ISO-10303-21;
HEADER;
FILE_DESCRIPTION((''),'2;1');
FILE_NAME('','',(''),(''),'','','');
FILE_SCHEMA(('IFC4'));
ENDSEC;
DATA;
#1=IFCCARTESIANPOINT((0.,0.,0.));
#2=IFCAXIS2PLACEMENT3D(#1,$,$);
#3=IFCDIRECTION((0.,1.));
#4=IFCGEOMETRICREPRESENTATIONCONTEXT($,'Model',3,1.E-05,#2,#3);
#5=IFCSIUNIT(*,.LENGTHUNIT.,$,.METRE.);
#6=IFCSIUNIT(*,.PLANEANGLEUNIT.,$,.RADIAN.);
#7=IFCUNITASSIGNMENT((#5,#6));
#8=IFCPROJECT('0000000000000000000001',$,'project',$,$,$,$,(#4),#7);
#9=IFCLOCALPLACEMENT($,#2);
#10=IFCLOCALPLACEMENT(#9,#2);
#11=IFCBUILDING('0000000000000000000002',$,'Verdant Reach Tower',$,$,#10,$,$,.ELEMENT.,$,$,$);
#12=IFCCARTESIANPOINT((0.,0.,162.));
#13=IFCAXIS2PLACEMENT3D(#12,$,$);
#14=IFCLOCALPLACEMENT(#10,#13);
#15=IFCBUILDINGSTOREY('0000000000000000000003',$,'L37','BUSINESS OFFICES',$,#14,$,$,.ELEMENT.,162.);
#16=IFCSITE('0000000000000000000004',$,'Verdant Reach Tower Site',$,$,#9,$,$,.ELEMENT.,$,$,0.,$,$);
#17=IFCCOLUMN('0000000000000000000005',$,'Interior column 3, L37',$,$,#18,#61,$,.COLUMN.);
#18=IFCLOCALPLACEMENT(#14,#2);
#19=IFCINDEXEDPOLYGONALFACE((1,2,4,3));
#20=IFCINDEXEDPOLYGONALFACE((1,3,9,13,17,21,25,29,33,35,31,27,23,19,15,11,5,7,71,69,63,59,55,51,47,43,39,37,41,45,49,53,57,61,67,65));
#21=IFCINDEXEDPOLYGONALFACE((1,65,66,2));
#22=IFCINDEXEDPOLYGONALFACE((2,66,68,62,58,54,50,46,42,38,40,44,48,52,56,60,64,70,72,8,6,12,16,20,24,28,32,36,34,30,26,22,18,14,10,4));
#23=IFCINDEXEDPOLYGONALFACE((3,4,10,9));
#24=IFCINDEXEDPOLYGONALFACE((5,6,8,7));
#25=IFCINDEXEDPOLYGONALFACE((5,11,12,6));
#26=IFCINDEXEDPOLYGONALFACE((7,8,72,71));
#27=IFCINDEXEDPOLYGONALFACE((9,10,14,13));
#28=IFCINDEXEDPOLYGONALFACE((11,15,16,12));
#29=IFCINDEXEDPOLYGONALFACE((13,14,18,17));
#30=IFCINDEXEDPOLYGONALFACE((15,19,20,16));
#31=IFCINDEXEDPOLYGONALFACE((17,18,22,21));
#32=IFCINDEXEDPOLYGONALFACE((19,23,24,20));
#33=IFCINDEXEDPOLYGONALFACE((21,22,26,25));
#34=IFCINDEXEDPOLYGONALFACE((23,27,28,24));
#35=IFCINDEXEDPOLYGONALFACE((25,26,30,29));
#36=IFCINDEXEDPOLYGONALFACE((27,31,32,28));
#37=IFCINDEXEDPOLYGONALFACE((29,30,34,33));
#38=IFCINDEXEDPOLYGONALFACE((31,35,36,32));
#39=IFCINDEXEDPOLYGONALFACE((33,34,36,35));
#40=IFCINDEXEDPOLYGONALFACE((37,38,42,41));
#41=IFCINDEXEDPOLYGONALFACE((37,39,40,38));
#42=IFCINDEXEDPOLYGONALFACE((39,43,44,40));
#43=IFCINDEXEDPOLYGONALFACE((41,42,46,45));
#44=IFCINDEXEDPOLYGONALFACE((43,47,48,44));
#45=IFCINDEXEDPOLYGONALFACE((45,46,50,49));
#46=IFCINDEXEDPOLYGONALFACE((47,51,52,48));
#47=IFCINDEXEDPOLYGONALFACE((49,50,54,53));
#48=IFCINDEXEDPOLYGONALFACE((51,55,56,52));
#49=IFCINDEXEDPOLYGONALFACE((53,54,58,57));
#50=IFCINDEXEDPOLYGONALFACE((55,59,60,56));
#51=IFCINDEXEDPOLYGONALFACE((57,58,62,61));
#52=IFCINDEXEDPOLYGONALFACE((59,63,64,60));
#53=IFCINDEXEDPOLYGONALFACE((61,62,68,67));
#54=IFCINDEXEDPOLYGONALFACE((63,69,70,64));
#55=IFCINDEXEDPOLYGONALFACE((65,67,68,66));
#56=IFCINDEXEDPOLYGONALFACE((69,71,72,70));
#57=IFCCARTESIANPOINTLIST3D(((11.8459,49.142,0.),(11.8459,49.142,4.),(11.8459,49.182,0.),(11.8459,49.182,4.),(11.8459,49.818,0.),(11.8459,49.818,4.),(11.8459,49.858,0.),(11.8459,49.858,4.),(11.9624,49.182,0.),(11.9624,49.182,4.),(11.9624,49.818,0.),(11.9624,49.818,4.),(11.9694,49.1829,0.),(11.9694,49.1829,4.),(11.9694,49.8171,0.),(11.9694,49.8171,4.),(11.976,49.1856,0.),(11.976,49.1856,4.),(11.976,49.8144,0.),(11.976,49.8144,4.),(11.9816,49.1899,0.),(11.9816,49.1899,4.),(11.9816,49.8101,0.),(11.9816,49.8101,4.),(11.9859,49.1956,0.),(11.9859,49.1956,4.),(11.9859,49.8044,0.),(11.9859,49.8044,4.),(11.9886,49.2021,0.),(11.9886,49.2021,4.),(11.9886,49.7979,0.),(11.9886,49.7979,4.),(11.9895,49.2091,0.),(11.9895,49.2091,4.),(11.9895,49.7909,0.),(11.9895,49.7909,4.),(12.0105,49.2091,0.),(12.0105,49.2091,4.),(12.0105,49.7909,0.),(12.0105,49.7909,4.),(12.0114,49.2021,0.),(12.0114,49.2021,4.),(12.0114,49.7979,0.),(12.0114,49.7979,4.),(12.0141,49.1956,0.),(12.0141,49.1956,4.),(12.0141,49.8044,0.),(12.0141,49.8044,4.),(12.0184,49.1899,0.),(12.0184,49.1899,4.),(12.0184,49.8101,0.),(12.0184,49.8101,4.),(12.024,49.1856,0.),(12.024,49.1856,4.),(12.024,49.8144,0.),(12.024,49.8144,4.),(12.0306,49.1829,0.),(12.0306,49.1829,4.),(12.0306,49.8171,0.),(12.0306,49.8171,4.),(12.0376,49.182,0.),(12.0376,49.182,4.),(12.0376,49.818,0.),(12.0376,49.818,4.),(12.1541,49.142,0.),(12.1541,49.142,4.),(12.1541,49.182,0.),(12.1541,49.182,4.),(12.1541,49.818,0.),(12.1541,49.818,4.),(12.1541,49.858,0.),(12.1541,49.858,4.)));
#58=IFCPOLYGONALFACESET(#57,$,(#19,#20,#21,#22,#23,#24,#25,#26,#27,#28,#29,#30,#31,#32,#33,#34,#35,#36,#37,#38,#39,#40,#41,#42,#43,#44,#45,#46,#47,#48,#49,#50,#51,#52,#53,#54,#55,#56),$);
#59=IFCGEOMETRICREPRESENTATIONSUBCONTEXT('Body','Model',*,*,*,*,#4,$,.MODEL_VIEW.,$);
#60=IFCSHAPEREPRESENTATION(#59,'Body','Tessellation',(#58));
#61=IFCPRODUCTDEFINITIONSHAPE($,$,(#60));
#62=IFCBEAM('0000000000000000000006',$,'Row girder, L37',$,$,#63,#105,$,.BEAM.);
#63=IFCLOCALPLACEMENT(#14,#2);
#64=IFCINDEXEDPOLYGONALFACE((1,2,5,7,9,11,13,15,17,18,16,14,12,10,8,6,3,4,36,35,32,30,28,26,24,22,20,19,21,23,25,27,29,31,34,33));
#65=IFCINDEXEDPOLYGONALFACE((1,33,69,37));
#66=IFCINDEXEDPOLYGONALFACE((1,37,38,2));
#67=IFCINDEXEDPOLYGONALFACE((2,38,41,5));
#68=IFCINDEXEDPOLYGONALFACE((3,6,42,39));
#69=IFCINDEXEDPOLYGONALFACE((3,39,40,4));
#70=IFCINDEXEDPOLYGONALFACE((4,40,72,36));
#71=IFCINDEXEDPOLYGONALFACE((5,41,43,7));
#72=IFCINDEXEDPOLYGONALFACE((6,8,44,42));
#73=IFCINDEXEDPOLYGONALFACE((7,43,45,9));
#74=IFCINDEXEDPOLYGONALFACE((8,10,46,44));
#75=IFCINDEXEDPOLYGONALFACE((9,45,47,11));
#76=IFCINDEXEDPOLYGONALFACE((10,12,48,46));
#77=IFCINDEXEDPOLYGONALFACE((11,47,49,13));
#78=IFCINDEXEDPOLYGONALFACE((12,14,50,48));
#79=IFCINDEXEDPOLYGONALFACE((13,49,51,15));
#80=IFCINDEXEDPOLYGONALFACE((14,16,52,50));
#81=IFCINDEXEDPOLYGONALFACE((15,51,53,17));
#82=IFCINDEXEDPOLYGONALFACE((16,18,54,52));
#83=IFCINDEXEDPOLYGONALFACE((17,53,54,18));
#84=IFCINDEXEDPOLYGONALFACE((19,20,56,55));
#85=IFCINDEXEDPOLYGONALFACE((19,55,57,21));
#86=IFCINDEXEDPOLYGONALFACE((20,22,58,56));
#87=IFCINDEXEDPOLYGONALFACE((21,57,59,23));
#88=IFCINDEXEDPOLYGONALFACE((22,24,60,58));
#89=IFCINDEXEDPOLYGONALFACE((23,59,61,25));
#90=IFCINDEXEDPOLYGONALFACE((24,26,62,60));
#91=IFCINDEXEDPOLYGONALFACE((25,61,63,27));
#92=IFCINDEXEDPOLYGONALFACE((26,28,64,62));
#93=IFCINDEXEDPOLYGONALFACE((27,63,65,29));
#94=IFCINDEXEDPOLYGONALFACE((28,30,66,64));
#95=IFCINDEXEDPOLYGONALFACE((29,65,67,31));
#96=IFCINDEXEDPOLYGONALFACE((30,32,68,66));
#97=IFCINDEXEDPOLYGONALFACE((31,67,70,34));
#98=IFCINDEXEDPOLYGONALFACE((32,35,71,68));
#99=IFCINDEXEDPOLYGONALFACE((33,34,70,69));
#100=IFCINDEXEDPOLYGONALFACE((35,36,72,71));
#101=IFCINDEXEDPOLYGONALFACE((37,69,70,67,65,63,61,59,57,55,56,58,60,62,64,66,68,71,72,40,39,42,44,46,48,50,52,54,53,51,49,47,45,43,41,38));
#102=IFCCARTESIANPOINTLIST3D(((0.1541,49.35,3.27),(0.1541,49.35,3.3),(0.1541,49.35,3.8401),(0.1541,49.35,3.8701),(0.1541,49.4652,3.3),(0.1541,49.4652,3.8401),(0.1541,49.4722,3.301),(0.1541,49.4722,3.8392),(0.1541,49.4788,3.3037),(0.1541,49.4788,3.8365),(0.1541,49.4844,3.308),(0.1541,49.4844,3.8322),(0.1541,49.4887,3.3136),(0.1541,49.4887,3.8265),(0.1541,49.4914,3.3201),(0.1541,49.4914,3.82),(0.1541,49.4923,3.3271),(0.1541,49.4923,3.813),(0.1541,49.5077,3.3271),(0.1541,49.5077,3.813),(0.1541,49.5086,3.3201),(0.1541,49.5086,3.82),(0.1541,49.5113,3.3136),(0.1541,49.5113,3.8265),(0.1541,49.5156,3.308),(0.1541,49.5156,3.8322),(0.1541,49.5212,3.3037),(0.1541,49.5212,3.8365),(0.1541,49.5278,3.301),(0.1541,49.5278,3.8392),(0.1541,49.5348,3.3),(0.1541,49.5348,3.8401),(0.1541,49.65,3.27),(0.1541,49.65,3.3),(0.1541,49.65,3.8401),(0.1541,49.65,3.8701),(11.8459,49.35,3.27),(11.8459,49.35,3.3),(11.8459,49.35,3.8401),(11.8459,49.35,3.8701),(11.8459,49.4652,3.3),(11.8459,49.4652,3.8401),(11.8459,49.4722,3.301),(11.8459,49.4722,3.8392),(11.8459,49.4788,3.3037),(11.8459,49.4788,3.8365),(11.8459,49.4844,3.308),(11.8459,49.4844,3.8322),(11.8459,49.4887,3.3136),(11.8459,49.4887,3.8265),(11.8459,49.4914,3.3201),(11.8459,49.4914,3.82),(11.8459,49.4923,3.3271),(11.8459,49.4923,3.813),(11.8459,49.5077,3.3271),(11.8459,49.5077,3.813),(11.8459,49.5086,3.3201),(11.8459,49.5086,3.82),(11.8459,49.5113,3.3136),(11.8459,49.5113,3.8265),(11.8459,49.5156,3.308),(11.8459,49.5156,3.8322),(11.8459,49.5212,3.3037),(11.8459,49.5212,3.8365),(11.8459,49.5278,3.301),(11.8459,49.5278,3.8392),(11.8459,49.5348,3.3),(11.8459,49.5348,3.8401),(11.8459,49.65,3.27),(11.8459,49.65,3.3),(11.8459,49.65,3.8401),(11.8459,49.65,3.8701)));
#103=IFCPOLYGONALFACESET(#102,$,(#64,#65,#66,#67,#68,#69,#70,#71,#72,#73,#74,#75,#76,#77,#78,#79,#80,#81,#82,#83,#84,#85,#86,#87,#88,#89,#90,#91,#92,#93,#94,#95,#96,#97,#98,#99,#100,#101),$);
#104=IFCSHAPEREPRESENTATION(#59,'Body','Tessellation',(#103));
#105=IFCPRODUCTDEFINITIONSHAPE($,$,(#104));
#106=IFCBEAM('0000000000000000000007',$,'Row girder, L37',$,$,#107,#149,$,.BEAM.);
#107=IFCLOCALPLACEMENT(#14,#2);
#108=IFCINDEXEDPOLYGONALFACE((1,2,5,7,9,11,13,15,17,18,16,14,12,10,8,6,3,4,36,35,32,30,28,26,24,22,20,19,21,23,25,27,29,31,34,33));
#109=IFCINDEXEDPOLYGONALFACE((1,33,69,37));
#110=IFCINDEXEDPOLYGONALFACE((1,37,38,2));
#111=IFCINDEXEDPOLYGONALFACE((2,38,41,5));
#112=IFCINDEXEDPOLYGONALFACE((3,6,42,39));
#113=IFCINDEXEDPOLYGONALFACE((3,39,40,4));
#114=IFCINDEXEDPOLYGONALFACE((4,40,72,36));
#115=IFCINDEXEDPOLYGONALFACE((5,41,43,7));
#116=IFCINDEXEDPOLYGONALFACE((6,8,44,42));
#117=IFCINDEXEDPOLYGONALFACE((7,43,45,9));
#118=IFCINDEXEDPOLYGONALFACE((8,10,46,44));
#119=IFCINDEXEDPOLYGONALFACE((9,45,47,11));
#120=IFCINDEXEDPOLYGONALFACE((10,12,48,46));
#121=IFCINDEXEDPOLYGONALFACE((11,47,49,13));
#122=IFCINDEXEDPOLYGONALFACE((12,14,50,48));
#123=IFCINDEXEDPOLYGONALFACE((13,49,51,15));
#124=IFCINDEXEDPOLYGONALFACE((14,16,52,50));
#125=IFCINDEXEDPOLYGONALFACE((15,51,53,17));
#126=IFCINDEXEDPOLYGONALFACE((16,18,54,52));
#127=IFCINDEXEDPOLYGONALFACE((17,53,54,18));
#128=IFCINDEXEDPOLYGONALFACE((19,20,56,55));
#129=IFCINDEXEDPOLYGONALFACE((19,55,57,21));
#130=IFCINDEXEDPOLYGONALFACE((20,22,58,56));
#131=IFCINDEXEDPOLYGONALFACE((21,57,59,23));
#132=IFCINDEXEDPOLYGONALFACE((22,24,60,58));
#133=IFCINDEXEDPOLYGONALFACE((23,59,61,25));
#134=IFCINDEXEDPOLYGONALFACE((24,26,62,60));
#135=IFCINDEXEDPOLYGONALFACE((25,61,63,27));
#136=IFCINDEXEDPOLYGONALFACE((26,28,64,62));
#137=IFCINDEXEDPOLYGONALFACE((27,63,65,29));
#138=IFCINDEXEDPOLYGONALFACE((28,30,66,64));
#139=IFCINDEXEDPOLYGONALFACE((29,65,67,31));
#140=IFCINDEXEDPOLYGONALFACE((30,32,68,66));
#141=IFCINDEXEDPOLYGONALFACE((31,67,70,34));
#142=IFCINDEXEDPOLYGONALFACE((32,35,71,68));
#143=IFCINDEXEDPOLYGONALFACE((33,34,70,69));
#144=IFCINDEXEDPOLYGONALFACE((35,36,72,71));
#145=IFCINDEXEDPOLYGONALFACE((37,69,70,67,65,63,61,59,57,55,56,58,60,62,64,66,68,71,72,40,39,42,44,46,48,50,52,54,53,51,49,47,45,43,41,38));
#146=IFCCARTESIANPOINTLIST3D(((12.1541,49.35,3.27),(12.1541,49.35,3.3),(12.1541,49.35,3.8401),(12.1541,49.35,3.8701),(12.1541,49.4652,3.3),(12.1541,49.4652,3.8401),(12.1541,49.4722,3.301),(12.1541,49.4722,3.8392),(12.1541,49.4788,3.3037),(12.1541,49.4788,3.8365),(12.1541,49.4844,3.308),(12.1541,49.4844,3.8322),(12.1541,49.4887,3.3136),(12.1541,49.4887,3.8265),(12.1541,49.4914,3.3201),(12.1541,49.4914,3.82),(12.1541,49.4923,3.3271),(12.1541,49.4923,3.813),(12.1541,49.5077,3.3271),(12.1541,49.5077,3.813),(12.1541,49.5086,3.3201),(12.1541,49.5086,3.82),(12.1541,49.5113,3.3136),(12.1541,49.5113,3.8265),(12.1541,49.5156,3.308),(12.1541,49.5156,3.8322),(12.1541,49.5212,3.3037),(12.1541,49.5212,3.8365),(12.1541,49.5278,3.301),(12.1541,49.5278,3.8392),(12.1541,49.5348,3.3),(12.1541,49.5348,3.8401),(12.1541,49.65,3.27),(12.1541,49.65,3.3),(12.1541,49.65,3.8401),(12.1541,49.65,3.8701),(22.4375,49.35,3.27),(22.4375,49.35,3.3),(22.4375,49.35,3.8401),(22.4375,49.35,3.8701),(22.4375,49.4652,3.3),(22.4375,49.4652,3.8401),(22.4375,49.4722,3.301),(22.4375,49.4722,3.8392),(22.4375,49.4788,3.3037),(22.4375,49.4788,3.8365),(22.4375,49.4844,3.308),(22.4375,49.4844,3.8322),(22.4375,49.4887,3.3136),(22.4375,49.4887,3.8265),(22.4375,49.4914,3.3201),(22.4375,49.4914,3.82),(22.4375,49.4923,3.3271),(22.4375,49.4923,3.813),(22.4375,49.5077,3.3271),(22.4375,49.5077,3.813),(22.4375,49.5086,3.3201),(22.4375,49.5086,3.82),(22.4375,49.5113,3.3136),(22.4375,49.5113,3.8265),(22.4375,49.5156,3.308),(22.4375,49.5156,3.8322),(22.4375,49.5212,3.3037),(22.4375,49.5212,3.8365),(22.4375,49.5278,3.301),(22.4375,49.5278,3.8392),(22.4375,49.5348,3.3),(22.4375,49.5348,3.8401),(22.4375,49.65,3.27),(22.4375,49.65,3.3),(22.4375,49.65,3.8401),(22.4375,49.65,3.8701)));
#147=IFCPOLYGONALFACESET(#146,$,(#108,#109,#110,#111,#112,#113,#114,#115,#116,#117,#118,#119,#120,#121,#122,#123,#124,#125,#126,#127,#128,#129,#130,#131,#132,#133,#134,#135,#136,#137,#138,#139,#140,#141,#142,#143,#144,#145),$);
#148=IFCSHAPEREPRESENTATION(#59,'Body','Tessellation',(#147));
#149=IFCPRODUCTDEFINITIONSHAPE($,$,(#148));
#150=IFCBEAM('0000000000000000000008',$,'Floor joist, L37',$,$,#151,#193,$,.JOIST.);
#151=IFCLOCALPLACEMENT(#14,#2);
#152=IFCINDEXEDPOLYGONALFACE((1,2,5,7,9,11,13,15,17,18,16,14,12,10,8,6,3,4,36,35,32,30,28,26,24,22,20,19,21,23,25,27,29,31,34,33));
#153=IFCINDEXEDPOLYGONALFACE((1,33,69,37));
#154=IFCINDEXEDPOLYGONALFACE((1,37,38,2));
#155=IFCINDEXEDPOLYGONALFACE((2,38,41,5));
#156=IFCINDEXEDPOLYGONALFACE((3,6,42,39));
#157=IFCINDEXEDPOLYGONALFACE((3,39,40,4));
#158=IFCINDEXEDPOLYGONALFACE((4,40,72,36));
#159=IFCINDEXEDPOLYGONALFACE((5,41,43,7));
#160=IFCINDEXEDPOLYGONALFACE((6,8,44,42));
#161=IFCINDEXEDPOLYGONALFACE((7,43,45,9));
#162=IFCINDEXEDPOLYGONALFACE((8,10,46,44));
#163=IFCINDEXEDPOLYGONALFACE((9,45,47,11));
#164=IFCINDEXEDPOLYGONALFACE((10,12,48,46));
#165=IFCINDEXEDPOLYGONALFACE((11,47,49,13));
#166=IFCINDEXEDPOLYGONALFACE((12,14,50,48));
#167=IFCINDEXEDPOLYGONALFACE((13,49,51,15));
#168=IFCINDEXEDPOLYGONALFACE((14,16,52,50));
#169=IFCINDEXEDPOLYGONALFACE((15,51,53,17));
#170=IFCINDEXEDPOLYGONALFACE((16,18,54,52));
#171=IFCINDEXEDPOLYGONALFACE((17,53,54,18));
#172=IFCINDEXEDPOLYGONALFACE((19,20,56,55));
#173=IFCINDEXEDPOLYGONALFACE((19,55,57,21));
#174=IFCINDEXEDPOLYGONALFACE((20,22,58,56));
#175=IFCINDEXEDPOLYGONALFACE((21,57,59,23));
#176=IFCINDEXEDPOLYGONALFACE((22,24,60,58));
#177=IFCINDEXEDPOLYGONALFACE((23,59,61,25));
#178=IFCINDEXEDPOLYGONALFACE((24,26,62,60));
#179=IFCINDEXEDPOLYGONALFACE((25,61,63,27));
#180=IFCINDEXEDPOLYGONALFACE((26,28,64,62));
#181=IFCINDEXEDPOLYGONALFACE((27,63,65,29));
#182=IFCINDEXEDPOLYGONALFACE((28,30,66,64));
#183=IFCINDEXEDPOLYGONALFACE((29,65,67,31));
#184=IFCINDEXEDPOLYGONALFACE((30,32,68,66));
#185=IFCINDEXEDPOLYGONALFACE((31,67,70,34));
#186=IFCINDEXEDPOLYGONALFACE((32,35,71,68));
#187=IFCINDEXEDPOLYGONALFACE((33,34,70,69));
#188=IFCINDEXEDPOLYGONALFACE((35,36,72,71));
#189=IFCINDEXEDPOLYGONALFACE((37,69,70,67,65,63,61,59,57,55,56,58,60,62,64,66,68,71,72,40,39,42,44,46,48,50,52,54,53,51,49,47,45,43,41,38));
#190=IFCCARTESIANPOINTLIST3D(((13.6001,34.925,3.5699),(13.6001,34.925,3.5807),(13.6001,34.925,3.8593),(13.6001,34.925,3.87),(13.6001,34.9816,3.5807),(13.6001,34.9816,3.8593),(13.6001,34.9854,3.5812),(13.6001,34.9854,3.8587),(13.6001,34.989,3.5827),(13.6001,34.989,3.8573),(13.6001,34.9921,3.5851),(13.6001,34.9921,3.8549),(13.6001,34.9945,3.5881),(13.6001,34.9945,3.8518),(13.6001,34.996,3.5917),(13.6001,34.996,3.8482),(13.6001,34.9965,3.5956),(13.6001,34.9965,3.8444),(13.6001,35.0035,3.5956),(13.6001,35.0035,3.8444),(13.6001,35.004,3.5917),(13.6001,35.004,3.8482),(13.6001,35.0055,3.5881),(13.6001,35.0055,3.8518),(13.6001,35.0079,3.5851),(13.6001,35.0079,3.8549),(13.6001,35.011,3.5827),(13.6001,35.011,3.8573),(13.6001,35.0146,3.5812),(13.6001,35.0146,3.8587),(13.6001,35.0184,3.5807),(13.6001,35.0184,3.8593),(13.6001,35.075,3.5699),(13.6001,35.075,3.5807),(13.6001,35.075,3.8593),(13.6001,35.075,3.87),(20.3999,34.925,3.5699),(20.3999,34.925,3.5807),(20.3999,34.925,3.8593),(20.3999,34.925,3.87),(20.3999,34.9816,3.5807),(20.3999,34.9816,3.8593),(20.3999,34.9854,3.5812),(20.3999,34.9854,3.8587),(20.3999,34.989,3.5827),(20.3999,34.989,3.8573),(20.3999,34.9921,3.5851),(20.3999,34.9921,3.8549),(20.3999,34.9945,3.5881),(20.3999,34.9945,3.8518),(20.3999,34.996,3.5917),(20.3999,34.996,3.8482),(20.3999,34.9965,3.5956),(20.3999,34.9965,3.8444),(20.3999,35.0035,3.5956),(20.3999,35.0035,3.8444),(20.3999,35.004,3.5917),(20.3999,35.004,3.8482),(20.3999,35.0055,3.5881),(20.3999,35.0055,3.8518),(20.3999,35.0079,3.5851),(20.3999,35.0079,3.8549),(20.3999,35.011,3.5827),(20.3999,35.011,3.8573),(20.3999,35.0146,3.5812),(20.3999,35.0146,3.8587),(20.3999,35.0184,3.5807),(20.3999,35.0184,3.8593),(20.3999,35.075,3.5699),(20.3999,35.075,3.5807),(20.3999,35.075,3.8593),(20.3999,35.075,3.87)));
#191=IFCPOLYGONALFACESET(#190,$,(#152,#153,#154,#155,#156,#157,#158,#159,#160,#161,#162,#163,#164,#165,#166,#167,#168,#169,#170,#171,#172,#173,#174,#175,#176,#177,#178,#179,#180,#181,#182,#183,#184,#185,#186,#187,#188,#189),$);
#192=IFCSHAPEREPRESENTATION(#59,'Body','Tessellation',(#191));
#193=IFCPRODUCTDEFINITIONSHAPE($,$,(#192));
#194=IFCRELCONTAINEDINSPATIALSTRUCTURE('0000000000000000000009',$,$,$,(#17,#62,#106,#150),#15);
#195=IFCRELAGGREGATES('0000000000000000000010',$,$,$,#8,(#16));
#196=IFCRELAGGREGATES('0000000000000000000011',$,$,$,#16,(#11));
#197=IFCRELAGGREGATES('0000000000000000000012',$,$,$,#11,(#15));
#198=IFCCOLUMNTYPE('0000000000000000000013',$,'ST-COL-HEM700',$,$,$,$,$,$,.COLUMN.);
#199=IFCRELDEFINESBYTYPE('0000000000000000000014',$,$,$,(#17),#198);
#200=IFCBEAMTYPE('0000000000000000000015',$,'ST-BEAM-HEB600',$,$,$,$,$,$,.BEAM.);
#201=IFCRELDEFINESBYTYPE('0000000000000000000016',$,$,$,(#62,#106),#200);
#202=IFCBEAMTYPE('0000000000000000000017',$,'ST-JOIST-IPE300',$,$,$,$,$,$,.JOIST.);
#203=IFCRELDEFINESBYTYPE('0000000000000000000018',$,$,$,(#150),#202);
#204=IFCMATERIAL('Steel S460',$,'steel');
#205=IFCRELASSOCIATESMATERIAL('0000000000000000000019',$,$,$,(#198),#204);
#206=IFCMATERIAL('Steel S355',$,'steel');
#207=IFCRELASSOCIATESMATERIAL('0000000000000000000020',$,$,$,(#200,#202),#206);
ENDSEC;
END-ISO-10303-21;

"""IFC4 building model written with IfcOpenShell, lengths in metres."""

from ifc_helpers import new_model, si_unit, direction, frame, origin, origin_2d, place, context, subcontext, project, spatial, i_section, extrude, material, material_profile, profile_set, type_object, element, save


model = new_model("IFC4")

# Units and contexts
model_context = context("Model", 3, precision=1e-05, world=origin(), true_north=direction((0.0, 1.0)))
body_context = subcontext(model_context, "Body", "Model", "MODEL_VIEW")
ifc_project = project(units=[si_unit("LENGTHUNIT", "METRE"), si_unit("PLANEANGLEUNIT", "RADIAN")], contexts=[model_context])

# Site, building, storey
site_placement = place(None, origin())
site = spatial("IfcSite", under=ifc_project, at=site_placement, Name="Verdant Reach Tower Site", CompositionType="ELEMENT", RefElevation=0.0)
building_placement = place(site_placement, origin())
building = spatial("IfcBuilding", under=site, at=building_placement, Name="Verdant Reach Tower", CompositionType="ELEMENT")
storey_placement = place(building_placement, frame((0.0, 0.0, 162.0)))
storey = spatial("IfcBuildingStorey", under=building, at=storey_placement, Name="L37", Description="BUSINESS OFFICES", CompositionType="ELEMENT", Elevation=162.0)

# Column
ifc_material_1 = material(Name="Steel S460", Category="steel")
ifc_material_profile_1 = material_profile(ifc_material_1, i_section(OverallWidth=0.3081, OverallDepth=0.7161, WebThickness=0.021, FlangeThickness=0.04, FilletRadius=0.0271, at=origin_2d()), Name="HEM 700")
ifc_profile_set_1 = profile_set([ifc_material_profile_1], Name="Steel S460")
column_type = type_object("IfcColumnType", Name="ST-COL-HEM700", PredefinedType="COLUMN", material=ifc_profile_set_1)
column_placement = place(storey_placement, frame((12.0, 49.5, 0.0), z_axis=(0.0, 0.0, 1.0), x_axis=(1.0, 0.0, 0.0)))
element("IfcColumn", 1, at=column_placement, inside=storey, type_object=column_type, Name="Interior column 3, L37", PredefinedType="COLUMN", context=body_context, shape_type="SweptSolid", body=[
    extrude(i_section(OverallWidth=0.3081, OverallDepth=0.7161, WebThickness=0.021, FlangeThickness=0.04, FilletRadius=0.0271, at=origin_2d()), origin(), (0.0, 0.0, 1.0), 4.0),
])

# Beams
ifc_material_2 = material(Name="Steel S355", Category="steel")
ifc_material_profile_2 = material_profile(ifc_material_2, i_section(OverallWidth=0.3, OverallDepth=0.6001, WebThickness=0.0154, FlangeThickness=0.03, FilletRadius=0.0271, at=origin_2d()), Name="HEB 600")
ifc_profile_set_2 = profile_set([ifc_material_profile_2], Name="Steel S355")
beam_type_1 = type_object("IfcBeamType", Name="ST-BEAM-HEB600", PredefinedType="BEAM", material=ifc_profile_set_2)
beam_1_placement = place(storey_placement, frame((0.1541, 49.5, 3.5701), z_axis=(1.0, 0.0, 0.0), x_axis=(0.0, 1.0, 0.0)))
element("IfcBeam", 2, at=beam_1_placement, inside=storey, type_object=beam_type_1, Name="Row girder, L37", PredefinedType="BEAM", context=body_context, shape_type="SweptSolid", body=[
    extrude(i_section(OverallWidth=0.3, OverallDepth=0.6001, WebThickness=0.0154, FlangeThickness=0.03, FilletRadius=0.0271, at=origin_2d()), origin(), (0.0, 0.0, 1.0), 11.6919),
])
beam_2_placement = place(storey_placement, frame((12.1541, 49.5, 3.5701), z_axis=(1.0, 0.0, 0.0), x_axis=(0.0, 1.0, 0.0)))
element("IfcBeam", 3, at=beam_2_placement, inside=storey, type_object=beam_type_1, Name="Row girder, L37", PredefinedType="BEAM", context=body_context, shape_type="SweptSolid", body=[
    extrude(i_section(OverallWidth=0.3, OverallDepth=0.6001, WebThickness=0.0154, FlangeThickness=0.03, FilletRadius=0.0271, at=origin_2d()), origin(), (0.0, 0.0, 1.0), 10.2834),
])
ifc_material_profile_3 = material_profile(ifc_material_2, i_section(OverallWidth=0.1499, OverallDepth=0.3, WebThickness=0.0071, FlangeThickness=0.0107, FilletRadius=0.0149, at=origin_2d()), Name="IPE 300")
ifc_profile_set_3 = profile_set([ifc_material_profile_3], Name="Steel S355")
beam_type_2 = type_object("IfcBeamType", Name="ST-JOIST-IPE300", PredefinedType="JOIST", material=ifc_profile_set_3)
beam_3_placement = place(storey_placement, frame((13.6001, 35.0, 3.72), z_axis=(1.0, 0.0, 0.0), x_axis=(0.0, 1.0, 0.0)))
element("IfcBeam", 4, at=beam_3_placement, inside=storey, type_object=beam_type_2, Name="Floor joist, L37", PredefinedType="JOIST", context=body_context, shape_type="SweptSolid", body=[
    extrude(i_section(OverallWidth=0.1499, OverallDepth=0.3, WebThickness=0.0071, FlangeThickness=0.0107, FilletRadius=0.0149, at=origin_2d()), origin(), (0.0, 0.0, 1.0), 6.7998),
])

save(model, "model.ifc")
